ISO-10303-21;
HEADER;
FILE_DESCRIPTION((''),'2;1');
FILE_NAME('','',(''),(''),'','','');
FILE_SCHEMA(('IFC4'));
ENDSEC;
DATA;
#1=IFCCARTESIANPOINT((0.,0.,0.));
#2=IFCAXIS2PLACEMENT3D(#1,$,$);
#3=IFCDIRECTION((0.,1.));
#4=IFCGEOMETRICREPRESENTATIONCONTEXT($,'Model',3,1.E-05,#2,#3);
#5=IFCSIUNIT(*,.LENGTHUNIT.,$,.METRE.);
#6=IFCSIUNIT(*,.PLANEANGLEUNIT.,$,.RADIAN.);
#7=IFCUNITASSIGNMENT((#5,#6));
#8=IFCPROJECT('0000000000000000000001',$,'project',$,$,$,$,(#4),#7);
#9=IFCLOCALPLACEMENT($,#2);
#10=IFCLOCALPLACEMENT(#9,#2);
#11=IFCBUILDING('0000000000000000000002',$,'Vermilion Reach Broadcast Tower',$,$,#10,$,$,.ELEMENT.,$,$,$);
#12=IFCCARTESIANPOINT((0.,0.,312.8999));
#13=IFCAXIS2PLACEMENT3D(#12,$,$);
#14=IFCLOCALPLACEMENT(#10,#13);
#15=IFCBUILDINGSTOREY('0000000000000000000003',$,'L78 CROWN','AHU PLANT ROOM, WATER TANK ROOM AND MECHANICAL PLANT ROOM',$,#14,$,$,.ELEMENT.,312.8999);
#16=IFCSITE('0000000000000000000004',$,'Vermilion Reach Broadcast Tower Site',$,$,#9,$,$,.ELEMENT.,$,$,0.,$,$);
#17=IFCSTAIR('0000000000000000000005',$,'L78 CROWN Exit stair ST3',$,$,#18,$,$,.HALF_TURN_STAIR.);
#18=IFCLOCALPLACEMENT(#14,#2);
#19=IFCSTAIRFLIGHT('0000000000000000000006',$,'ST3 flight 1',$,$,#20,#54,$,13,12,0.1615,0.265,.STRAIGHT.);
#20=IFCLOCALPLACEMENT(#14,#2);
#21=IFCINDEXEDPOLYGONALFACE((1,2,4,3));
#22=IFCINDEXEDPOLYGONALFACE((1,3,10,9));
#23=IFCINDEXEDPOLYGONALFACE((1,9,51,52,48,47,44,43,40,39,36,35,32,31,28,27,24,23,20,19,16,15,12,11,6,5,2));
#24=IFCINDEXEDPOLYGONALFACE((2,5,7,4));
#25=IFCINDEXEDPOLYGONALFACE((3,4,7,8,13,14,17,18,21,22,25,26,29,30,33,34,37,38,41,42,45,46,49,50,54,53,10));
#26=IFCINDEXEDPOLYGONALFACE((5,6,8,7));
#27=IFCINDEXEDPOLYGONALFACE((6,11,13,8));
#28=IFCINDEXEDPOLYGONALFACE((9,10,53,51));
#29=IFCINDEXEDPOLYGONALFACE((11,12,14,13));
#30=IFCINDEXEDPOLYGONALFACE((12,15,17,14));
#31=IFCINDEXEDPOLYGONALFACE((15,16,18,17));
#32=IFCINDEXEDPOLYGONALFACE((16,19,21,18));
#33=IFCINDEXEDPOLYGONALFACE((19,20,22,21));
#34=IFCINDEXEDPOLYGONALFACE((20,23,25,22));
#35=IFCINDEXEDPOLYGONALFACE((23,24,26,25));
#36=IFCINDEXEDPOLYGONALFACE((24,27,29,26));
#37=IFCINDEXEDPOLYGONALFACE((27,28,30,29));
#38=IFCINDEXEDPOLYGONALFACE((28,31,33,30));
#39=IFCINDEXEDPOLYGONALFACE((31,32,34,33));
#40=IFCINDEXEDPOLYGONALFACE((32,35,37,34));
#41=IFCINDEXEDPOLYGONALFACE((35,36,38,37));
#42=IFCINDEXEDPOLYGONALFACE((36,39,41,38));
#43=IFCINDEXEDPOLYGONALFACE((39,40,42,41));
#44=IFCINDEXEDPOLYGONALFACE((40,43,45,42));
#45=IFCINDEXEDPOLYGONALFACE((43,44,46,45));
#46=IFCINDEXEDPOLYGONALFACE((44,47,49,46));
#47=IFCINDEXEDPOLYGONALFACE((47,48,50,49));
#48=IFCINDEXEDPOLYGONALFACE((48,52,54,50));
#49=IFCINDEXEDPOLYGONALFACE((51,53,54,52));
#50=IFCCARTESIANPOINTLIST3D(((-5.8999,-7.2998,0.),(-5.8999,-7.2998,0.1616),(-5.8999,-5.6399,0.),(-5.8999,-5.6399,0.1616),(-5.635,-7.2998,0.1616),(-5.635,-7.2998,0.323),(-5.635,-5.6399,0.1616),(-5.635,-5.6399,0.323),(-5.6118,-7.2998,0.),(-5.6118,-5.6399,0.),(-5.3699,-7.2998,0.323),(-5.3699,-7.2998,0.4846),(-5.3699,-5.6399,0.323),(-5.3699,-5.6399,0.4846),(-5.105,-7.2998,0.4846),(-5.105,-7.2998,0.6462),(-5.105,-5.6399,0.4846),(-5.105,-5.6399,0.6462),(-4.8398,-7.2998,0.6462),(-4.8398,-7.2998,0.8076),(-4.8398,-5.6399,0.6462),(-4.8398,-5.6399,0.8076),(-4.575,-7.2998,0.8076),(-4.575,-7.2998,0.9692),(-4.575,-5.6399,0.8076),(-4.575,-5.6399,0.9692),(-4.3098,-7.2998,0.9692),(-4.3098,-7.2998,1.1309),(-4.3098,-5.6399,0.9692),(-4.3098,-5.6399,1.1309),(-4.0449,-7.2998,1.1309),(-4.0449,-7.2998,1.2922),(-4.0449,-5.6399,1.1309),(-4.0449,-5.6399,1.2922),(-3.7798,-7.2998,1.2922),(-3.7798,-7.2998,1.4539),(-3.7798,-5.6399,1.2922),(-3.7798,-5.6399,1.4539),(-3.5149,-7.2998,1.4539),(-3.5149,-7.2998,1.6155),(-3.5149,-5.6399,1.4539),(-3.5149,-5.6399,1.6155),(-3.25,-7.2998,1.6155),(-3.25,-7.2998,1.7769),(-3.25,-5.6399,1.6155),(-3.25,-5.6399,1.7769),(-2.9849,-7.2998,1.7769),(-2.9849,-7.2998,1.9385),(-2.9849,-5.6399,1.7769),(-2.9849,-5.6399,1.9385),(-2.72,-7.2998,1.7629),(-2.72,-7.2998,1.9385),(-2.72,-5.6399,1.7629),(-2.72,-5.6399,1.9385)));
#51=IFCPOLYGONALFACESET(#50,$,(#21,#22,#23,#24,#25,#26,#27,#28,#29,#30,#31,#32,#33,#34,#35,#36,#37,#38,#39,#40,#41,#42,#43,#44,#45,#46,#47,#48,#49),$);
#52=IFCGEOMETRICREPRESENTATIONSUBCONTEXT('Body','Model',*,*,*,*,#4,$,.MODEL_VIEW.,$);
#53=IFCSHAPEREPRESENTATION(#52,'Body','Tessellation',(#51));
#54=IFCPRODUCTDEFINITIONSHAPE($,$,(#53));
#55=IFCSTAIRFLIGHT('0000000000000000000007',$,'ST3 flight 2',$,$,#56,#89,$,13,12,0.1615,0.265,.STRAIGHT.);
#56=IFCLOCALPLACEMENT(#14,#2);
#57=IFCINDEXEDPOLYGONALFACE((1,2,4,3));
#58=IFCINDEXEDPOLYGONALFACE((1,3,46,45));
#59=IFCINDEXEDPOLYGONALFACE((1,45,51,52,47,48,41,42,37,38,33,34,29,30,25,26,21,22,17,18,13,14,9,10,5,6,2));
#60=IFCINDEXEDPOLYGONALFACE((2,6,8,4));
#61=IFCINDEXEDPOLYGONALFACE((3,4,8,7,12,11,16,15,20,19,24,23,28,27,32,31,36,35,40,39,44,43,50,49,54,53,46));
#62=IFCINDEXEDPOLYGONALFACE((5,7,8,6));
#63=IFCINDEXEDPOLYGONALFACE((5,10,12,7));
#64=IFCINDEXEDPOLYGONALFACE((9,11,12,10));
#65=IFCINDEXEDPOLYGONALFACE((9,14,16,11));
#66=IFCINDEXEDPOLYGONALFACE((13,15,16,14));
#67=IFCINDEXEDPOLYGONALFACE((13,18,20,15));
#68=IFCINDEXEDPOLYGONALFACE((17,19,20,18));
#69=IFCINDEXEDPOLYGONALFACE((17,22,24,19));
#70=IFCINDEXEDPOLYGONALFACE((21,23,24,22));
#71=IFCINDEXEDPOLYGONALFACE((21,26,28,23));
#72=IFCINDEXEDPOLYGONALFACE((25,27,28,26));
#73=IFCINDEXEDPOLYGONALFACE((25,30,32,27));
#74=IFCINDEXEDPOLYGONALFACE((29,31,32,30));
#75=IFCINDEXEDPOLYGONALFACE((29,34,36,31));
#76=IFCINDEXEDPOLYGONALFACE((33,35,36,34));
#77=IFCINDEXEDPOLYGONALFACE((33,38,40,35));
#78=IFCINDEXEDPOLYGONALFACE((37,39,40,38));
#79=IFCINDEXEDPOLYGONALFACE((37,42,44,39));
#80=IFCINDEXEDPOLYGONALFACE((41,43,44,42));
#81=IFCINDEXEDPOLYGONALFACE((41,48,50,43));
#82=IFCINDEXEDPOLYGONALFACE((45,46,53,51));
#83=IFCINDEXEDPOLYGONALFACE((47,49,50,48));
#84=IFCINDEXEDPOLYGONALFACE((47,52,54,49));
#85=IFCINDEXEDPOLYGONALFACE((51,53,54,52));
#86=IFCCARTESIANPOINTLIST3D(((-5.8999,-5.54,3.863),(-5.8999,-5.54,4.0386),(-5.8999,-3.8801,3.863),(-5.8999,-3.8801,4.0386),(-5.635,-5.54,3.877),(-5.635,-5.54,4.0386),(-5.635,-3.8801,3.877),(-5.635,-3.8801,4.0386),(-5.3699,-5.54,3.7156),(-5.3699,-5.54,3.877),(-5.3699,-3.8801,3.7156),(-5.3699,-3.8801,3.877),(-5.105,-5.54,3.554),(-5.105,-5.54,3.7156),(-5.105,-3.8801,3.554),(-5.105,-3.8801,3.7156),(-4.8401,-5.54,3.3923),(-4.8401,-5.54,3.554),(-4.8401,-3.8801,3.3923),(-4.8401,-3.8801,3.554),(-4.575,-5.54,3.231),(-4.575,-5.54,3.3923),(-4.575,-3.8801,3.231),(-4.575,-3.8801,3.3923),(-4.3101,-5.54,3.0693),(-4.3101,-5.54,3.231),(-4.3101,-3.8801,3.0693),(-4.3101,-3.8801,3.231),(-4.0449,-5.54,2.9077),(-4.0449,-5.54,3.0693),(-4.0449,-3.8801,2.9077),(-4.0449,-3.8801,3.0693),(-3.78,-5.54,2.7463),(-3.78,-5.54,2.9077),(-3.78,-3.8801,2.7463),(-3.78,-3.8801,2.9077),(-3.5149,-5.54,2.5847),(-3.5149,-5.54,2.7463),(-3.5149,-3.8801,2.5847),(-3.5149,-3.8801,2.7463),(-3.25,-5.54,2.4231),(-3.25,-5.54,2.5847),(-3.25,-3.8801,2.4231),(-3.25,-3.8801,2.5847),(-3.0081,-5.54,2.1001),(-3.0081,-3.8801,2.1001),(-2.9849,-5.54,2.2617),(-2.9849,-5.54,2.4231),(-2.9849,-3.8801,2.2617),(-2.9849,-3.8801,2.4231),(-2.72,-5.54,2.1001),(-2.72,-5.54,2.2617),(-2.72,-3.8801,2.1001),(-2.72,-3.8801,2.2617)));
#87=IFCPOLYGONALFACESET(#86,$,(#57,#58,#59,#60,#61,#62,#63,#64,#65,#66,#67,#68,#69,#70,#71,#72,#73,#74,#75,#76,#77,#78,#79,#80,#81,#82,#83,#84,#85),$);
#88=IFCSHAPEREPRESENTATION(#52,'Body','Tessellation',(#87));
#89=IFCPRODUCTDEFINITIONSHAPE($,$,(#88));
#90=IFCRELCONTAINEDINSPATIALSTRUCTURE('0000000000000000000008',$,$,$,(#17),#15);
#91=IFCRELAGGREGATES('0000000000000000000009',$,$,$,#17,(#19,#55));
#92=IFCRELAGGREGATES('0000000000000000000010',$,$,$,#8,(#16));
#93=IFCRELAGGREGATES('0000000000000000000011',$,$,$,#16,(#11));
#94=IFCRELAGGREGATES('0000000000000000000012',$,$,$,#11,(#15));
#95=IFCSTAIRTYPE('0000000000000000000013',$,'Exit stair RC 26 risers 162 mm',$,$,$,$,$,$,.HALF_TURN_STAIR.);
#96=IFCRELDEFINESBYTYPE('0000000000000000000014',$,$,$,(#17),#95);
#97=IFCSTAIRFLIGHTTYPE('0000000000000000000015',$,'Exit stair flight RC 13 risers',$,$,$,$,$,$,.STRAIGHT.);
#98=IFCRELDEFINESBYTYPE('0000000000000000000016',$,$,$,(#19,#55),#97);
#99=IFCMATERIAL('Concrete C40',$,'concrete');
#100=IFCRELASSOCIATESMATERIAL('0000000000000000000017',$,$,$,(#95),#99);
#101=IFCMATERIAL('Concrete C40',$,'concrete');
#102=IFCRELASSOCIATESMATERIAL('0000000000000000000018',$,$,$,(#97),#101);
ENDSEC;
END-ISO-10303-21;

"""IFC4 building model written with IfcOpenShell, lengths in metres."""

from ifc_helpers import new_model, si_unit, direction, frame, origin, place, context, subcontext, project, spatial, polyline, outline, extrude, material, type_object, element, aggregate, save


model = new_model("IFC4")

# Units and contexts
model_context = context("Model", 3, precision=1e-05, world=origin(), true_north=direction((0.0, 1.0)))
body_context = subcontext(model_context, "Body", "Model", "MODEL_VIEW")
ifc_project = project(units=[si_unit("LENGTHUNIT", "METRE"), si_unit("PLANEANGLEUNIT", "RADIAN")], contexts=[model_context])

# Site, building, storey
site_placement = place(None, origin())
site = spatial("IfcSite", under=ifc_project, at=site_placement, Name="Vermilion Reach Broadcast Tower Site", CompositionType="ELEMENT", RefElevation=0.0)
building_placement = place(site_placement, origin())
building = spatial("IfcBuilding", under=site, at=building_placement, Name="Vermilion Reach Broadcast Tower", CompositionType="ELEMENT")
storey_placement = place(building_placement, frame((0.0, 0.0, 312.8999)))
storey = spatial("IfcBuildingStorey", under=building, at=storey_placement, Name="L78 CROWN", Description="AHU PLANT ROOM, WATER TANK ROOM AND MECHANICAL PLANT ROOM", CompositionType="ELEMENT", Elevation=312.8999)

# Shared definitions
ifc_material_1 = material(Name="Concrete C40", Category="concrete")
stair_type = type_object("IfcStairType", Name="Exit stair RC 26 risers 162 mm", PredefinedType="HALF_TURN_STAIR", material=ifc_material_1)
placement = place(storey_placement, origin())

# Stair, stair flights
stair_1 = element("IfcStair", 1, at=placement, inside=storey, type_object=stair_type, Name="L78 CROWN Exit stair ST3", PredefinedType="HALF_TURN_STAIR")
ifc_material_2 = material(Name="Concrete C40", Category="concrete")
stair_flight_type = type_object("IfcStairFlightType", Name="Exit stair flight RC 13 risers", PredefinedType="STRAIGHT", material=ifc_material_2)
stair_flight_1_placement = place(storey_placement, frame((-5.8999, -6.47, 0.0), z_axis=(0.0, 0.0, 1.0), x_axis=(1.0, 0.0, 0.0)))
stair_flight_1 = element("IfcStairFlight", 2, at=stair_flight_1_placement, type_object=stair_flight_type, Name="ST3 flight 1", NumberOfRisers=13, NumberOfTreads=12, PredefinedType="STRAIGHT", RiserHeight=0.1615, TreadLength=0.265, context=body_context, shape_type="SweptSolid", body=[
    extrude(outline(polyline([(0.0, 0.0), (0.0, 0.1616), (0.2649, 0.1616), (0.2649, 0.323), (0.53, 0.323), (0.53, 0.4846), (0.7949, 0.4846), (0.7949, 0.6462), (1.0601, 0.6462), (1.0601, 0.8076), (1.325, 0.8076), (1.325, 0.9692), (1.5901, 0.9692), (1.5901, 1.1309), (1.855, 1.1309), (1.855, 1.2922), (2.1201, 1.2922), (2.1201, 1.4539), (2.385, 1.4539), (2.385, 1.6155), (2.6499, 1.6155), (2.6499, 1.7769), (2.915, 1.7769), (2.915, 1.9385), (3.1799, 1.9385), (3.1799, 2.1001), (3.1799, 1.7629), (0.2881, 0.0), (0.0, 0.0)])), frame((0.0, 0.8301, 0.0), z_axis=(0.0, -1.0, 0.0), x_axis=(1.0, 0.0, 0.0)), (0.0, 0.0, 1.0), 1.6599),
])
stair_flight_2_placement = place(storey_placement, frame((-2.72, -4.71, 2.1001), z_axis=(0.0, 0.0, 1.0), x_axis=(-1.0, 0.0, 0.0)))
stair_flight_2 = element("IfcStairFlight", 3, at=stair_flight_2_placement, type_object=stair_flight_type, Name="ST3 flight 2", NumberOfRisers=13, NumberOfTreads=12, PredefinedType="STRAIGHT", RiserHeight=0.1615, TreadLength=0.265, context=body_context, shape_type="SweptSolid", body=[
    extrude(outline(polyline([(0.0, 0.0), (0.0, 0.1616), (0.2649, 0.1616), (0.2649, 0.323), (0.53, 0.323), (0.53, 0.4846), (0.7949, 0.4846), (0.7949, 0.6462), (1.0601, 0.6462), (1.0601, 0.8076), (1.325, 0.8076), (1.325, 0.9692), (1.5901, 0.9692), (1.5901, 1.1309), (1.855, 1.1309), (1.855, 1.2922), (2.1201, 1.2922), (2.1201, 1.4539), (2.385, 1.4539), (2.385, 1.6155), (2.6499, 1.6155), (2.6499, 1.7769), (2.915, 1.7769), (2.915, 1.9385), (3.1799, 1.9385), (3.1799, 2.1001), (3.1799, 1.7629), (0.2881, 0.0), (0.0, 0.0)])), frame((0.0, 0.8301, 0.0), z_axis=(0.0, -1.0, 0.0), x_axis=(1.0, 0.0, 0.0)), (0.0, 0.0, 1.0), 1.6599),
])
aggregate(stair_1, [stair_flight_1, stair_flight_2])

save(model, "model.ifc")
